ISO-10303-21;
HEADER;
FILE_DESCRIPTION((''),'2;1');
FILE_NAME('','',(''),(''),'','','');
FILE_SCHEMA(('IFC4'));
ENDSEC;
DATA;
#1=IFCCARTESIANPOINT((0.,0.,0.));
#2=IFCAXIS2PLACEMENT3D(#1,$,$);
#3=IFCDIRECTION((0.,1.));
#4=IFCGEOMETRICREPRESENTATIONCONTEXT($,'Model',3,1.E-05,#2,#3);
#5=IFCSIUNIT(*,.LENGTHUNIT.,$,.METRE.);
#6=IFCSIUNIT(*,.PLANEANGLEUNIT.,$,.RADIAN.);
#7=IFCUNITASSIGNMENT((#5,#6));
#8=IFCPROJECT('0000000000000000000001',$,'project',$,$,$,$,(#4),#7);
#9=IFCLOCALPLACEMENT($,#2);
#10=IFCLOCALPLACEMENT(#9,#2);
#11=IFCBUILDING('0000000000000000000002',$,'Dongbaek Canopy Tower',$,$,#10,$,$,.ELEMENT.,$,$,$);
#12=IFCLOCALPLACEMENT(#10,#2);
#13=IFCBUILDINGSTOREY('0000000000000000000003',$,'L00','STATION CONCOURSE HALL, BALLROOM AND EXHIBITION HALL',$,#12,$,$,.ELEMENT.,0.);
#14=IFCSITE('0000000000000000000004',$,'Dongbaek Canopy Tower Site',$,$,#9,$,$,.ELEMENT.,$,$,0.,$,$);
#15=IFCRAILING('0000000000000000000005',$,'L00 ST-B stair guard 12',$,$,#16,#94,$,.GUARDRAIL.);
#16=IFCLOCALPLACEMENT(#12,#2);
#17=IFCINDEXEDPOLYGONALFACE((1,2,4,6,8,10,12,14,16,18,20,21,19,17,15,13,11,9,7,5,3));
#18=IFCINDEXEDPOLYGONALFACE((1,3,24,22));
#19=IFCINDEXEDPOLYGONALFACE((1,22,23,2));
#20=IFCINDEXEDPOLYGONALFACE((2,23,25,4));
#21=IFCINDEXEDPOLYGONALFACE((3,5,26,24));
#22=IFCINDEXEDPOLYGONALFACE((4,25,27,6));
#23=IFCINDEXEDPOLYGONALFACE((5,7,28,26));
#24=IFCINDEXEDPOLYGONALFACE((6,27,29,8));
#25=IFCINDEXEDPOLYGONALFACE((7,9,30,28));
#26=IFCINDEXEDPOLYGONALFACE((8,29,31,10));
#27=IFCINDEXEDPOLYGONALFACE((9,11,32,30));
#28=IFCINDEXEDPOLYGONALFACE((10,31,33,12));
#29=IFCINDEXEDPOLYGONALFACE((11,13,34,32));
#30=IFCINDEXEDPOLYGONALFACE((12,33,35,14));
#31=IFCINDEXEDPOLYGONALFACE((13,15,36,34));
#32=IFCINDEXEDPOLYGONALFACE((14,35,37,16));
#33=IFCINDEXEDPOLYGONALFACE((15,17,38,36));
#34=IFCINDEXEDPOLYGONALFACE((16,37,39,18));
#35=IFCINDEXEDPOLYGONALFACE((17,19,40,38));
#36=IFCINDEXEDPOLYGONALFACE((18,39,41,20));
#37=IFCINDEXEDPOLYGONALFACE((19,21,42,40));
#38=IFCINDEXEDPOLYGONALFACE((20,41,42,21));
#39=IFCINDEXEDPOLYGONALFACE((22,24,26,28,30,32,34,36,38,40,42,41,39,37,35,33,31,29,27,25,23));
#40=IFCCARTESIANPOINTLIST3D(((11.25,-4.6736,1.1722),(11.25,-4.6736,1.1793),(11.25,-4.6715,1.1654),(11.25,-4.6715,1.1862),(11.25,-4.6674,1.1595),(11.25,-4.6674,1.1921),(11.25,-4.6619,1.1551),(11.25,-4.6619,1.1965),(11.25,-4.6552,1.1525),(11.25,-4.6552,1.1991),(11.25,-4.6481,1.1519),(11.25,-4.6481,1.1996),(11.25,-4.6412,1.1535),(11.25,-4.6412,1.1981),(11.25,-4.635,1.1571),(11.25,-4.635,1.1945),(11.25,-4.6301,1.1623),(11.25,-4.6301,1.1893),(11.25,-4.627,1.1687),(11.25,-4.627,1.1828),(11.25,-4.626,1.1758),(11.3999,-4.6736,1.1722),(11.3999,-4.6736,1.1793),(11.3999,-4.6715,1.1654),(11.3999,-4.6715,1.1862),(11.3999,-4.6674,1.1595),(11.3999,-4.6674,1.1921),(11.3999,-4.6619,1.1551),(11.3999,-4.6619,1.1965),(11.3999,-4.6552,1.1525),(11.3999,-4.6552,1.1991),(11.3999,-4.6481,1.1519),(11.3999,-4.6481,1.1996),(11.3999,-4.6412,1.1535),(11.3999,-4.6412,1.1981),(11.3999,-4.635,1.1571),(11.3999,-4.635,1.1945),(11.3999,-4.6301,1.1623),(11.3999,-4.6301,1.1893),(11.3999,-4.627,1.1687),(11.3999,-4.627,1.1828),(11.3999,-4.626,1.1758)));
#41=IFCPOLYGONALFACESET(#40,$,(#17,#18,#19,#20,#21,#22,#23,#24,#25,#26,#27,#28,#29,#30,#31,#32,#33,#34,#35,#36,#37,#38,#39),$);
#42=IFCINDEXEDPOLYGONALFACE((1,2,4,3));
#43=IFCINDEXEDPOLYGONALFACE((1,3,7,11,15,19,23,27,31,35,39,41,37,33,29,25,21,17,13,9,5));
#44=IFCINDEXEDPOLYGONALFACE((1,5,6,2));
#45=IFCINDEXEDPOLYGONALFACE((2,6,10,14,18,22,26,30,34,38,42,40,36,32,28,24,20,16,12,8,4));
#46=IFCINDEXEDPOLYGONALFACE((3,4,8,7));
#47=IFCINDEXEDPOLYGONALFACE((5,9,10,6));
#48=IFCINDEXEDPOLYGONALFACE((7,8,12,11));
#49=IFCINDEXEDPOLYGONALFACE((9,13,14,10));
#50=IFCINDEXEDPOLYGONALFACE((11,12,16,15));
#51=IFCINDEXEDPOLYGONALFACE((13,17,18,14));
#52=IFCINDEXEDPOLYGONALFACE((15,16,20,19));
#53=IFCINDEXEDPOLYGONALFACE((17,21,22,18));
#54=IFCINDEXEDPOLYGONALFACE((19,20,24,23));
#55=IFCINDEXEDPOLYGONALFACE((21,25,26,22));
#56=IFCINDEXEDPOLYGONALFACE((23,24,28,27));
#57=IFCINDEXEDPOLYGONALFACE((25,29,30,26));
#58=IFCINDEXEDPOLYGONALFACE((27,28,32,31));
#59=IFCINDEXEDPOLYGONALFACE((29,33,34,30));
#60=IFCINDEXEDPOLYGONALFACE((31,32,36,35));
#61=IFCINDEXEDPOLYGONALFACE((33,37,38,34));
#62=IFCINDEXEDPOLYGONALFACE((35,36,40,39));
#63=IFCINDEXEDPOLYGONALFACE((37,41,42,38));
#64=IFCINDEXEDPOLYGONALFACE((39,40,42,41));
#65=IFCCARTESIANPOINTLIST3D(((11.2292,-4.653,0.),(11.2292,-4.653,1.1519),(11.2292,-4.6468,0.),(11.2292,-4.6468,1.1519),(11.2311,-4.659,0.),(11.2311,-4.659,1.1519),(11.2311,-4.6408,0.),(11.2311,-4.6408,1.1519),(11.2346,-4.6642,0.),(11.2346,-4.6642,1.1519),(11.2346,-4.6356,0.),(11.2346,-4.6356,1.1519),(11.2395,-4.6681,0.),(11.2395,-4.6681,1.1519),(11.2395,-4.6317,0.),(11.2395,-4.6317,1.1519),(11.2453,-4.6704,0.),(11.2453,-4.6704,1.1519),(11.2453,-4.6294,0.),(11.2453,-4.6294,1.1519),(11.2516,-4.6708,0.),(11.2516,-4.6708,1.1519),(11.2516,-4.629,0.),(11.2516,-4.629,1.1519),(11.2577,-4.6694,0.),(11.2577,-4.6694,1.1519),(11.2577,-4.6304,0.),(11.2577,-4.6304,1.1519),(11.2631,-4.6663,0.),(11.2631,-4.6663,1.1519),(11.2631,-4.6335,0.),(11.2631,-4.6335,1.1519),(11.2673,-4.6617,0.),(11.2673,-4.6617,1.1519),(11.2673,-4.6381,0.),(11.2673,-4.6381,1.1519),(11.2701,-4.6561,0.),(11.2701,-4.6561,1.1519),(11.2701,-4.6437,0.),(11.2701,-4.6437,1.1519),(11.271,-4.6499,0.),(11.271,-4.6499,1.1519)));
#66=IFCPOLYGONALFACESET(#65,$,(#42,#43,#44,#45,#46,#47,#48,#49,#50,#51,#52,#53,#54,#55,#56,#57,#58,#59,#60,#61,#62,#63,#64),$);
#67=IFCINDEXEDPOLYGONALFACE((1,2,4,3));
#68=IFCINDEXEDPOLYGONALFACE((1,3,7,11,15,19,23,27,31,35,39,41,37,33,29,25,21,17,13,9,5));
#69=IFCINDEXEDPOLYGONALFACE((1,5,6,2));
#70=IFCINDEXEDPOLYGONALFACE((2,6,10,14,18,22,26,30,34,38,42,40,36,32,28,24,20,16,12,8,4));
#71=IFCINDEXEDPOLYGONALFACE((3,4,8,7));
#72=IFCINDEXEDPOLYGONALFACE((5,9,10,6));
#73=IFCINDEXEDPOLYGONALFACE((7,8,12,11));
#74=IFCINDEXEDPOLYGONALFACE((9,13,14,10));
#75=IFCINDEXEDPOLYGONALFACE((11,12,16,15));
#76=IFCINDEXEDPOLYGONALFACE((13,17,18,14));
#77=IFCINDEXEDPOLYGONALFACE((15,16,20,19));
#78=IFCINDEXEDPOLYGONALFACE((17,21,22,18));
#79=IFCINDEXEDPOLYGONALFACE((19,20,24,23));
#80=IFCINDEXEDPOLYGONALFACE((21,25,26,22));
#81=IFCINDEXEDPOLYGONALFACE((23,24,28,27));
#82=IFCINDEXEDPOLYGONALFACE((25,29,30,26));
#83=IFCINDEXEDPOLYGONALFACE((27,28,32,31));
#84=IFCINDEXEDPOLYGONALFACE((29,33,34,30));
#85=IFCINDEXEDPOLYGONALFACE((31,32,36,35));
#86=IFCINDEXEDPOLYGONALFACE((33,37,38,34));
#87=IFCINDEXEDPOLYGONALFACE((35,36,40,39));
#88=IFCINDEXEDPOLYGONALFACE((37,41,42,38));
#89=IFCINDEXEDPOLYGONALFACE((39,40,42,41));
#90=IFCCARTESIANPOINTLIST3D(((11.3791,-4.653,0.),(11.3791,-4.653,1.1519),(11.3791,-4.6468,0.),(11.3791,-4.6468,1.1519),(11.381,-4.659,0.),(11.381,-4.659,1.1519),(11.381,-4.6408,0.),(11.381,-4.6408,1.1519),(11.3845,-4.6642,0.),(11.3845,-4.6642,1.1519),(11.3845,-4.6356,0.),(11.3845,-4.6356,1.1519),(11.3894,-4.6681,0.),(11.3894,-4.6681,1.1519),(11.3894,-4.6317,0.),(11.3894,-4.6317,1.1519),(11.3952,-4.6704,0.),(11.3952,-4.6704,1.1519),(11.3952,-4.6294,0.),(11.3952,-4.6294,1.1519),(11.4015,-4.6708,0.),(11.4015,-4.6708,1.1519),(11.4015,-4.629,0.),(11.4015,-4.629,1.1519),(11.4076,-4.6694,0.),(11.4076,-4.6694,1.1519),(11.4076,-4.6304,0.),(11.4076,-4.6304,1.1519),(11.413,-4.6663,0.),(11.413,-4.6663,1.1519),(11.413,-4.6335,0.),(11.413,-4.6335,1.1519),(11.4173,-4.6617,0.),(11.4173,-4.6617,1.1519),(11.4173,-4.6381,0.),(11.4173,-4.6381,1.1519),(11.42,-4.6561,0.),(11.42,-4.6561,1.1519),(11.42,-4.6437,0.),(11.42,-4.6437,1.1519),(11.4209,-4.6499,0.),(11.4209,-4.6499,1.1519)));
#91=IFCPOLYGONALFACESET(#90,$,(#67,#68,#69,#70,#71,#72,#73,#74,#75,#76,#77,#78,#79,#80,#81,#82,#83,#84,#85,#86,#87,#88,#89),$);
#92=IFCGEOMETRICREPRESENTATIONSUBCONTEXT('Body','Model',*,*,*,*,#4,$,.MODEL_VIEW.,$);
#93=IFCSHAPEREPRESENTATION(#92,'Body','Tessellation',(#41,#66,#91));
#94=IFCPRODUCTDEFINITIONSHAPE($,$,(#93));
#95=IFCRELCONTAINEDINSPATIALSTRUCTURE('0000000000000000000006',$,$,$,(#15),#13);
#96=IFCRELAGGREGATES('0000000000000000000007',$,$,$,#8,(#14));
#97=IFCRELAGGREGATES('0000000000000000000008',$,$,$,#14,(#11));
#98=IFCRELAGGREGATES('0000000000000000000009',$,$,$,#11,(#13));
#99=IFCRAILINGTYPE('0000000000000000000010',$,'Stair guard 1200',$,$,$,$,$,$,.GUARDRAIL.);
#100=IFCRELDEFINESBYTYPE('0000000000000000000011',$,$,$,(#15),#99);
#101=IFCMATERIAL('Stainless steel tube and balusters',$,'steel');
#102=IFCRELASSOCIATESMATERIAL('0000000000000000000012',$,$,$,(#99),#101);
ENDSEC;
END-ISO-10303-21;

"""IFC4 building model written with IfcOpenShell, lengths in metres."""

from ifc_helpers import new_model, si_unit, direction, frame, origin, origin_2d, place, context, subcontext, project, spatial, circle, extrude, material, type_object, element, save


model = new_model("IFC4")

# Units and contexts
model_context = context("Model", 3, precision=1e-05, world=origin(), true_north=direction((0.0, 1.0)))
body_context = subcontext(model_context, "Body", "Model", "MODEL_VIEW")
ifc_project = project(units=[si_unit("LENGTHUNIT", "METRE"), si_unit("PLANEANGLEUNIT", "RADIAN")], contexts=[model_context])

# Site, building, storey
site_placement = place(None, origin())
site = spatial("IfcSite", under=ifc_project, at=site_placement, Name="Dongbaek Canopy Tower Site", CompositionType="ELEMENT", RefElevation=0.0)
building_placement = place(site_placement, origin())
building = spatial("IfcBuilding", under=site, at=building_placement, Name="Dongbaek Canopy Tower", CompositionType="ELEMENT")
storey_placement = place(building_placement, origin())
storey = spatial("IfcBuildingStorey", under=building, at=storey_placement, Name="L00", Description="STATION CONCOURSE HALL, BALLROOM AND EXHIBITION HALL", CompositionType="ELEMENT", Elevation=0.0)

# Railing
ifc_material_1 = material(Name="Stainless steel tube and balusters", Category="steel")
railing_type_1 = type_object("IfcRailingType", Name="Stair guard 1200", PredefinedType="GUARDRAIL", material=ifc_material_1)
railing_1_placement = place(storey_placement, frame((11.25, -4.6499, 0.0)))
element("IfcRailing", 1, at=railing_1_placement, inside=storey, type_object=railing_type_1, Name="L00 ST-B stair guard 12", PredefinedType="GUARDRAIL", context=body_context, shape_type="SweptSolid", body=[
    extrude(circle(Radius=0.0239, at=origin_2d()), frame((0.0, 0.0, 1.1758), z_axis=(1.0, 0.0, 0.0), x_axis=(0.0, 1.0, 0.0)), (0.0, 0.0, 1.0), 0.1499),
    extrude(circle(Radius=0.021, at=origin_2d()), origin(), (0.0, 0.0, 1.0), 1.1519),
    extrude(circle(Radius=0.021, at=origin_2d()), frame((0.1499, 0.0, 0.0)), (0.0, 0.0, 1.0), 1.1519),
])

save(model, "model.ifc")
